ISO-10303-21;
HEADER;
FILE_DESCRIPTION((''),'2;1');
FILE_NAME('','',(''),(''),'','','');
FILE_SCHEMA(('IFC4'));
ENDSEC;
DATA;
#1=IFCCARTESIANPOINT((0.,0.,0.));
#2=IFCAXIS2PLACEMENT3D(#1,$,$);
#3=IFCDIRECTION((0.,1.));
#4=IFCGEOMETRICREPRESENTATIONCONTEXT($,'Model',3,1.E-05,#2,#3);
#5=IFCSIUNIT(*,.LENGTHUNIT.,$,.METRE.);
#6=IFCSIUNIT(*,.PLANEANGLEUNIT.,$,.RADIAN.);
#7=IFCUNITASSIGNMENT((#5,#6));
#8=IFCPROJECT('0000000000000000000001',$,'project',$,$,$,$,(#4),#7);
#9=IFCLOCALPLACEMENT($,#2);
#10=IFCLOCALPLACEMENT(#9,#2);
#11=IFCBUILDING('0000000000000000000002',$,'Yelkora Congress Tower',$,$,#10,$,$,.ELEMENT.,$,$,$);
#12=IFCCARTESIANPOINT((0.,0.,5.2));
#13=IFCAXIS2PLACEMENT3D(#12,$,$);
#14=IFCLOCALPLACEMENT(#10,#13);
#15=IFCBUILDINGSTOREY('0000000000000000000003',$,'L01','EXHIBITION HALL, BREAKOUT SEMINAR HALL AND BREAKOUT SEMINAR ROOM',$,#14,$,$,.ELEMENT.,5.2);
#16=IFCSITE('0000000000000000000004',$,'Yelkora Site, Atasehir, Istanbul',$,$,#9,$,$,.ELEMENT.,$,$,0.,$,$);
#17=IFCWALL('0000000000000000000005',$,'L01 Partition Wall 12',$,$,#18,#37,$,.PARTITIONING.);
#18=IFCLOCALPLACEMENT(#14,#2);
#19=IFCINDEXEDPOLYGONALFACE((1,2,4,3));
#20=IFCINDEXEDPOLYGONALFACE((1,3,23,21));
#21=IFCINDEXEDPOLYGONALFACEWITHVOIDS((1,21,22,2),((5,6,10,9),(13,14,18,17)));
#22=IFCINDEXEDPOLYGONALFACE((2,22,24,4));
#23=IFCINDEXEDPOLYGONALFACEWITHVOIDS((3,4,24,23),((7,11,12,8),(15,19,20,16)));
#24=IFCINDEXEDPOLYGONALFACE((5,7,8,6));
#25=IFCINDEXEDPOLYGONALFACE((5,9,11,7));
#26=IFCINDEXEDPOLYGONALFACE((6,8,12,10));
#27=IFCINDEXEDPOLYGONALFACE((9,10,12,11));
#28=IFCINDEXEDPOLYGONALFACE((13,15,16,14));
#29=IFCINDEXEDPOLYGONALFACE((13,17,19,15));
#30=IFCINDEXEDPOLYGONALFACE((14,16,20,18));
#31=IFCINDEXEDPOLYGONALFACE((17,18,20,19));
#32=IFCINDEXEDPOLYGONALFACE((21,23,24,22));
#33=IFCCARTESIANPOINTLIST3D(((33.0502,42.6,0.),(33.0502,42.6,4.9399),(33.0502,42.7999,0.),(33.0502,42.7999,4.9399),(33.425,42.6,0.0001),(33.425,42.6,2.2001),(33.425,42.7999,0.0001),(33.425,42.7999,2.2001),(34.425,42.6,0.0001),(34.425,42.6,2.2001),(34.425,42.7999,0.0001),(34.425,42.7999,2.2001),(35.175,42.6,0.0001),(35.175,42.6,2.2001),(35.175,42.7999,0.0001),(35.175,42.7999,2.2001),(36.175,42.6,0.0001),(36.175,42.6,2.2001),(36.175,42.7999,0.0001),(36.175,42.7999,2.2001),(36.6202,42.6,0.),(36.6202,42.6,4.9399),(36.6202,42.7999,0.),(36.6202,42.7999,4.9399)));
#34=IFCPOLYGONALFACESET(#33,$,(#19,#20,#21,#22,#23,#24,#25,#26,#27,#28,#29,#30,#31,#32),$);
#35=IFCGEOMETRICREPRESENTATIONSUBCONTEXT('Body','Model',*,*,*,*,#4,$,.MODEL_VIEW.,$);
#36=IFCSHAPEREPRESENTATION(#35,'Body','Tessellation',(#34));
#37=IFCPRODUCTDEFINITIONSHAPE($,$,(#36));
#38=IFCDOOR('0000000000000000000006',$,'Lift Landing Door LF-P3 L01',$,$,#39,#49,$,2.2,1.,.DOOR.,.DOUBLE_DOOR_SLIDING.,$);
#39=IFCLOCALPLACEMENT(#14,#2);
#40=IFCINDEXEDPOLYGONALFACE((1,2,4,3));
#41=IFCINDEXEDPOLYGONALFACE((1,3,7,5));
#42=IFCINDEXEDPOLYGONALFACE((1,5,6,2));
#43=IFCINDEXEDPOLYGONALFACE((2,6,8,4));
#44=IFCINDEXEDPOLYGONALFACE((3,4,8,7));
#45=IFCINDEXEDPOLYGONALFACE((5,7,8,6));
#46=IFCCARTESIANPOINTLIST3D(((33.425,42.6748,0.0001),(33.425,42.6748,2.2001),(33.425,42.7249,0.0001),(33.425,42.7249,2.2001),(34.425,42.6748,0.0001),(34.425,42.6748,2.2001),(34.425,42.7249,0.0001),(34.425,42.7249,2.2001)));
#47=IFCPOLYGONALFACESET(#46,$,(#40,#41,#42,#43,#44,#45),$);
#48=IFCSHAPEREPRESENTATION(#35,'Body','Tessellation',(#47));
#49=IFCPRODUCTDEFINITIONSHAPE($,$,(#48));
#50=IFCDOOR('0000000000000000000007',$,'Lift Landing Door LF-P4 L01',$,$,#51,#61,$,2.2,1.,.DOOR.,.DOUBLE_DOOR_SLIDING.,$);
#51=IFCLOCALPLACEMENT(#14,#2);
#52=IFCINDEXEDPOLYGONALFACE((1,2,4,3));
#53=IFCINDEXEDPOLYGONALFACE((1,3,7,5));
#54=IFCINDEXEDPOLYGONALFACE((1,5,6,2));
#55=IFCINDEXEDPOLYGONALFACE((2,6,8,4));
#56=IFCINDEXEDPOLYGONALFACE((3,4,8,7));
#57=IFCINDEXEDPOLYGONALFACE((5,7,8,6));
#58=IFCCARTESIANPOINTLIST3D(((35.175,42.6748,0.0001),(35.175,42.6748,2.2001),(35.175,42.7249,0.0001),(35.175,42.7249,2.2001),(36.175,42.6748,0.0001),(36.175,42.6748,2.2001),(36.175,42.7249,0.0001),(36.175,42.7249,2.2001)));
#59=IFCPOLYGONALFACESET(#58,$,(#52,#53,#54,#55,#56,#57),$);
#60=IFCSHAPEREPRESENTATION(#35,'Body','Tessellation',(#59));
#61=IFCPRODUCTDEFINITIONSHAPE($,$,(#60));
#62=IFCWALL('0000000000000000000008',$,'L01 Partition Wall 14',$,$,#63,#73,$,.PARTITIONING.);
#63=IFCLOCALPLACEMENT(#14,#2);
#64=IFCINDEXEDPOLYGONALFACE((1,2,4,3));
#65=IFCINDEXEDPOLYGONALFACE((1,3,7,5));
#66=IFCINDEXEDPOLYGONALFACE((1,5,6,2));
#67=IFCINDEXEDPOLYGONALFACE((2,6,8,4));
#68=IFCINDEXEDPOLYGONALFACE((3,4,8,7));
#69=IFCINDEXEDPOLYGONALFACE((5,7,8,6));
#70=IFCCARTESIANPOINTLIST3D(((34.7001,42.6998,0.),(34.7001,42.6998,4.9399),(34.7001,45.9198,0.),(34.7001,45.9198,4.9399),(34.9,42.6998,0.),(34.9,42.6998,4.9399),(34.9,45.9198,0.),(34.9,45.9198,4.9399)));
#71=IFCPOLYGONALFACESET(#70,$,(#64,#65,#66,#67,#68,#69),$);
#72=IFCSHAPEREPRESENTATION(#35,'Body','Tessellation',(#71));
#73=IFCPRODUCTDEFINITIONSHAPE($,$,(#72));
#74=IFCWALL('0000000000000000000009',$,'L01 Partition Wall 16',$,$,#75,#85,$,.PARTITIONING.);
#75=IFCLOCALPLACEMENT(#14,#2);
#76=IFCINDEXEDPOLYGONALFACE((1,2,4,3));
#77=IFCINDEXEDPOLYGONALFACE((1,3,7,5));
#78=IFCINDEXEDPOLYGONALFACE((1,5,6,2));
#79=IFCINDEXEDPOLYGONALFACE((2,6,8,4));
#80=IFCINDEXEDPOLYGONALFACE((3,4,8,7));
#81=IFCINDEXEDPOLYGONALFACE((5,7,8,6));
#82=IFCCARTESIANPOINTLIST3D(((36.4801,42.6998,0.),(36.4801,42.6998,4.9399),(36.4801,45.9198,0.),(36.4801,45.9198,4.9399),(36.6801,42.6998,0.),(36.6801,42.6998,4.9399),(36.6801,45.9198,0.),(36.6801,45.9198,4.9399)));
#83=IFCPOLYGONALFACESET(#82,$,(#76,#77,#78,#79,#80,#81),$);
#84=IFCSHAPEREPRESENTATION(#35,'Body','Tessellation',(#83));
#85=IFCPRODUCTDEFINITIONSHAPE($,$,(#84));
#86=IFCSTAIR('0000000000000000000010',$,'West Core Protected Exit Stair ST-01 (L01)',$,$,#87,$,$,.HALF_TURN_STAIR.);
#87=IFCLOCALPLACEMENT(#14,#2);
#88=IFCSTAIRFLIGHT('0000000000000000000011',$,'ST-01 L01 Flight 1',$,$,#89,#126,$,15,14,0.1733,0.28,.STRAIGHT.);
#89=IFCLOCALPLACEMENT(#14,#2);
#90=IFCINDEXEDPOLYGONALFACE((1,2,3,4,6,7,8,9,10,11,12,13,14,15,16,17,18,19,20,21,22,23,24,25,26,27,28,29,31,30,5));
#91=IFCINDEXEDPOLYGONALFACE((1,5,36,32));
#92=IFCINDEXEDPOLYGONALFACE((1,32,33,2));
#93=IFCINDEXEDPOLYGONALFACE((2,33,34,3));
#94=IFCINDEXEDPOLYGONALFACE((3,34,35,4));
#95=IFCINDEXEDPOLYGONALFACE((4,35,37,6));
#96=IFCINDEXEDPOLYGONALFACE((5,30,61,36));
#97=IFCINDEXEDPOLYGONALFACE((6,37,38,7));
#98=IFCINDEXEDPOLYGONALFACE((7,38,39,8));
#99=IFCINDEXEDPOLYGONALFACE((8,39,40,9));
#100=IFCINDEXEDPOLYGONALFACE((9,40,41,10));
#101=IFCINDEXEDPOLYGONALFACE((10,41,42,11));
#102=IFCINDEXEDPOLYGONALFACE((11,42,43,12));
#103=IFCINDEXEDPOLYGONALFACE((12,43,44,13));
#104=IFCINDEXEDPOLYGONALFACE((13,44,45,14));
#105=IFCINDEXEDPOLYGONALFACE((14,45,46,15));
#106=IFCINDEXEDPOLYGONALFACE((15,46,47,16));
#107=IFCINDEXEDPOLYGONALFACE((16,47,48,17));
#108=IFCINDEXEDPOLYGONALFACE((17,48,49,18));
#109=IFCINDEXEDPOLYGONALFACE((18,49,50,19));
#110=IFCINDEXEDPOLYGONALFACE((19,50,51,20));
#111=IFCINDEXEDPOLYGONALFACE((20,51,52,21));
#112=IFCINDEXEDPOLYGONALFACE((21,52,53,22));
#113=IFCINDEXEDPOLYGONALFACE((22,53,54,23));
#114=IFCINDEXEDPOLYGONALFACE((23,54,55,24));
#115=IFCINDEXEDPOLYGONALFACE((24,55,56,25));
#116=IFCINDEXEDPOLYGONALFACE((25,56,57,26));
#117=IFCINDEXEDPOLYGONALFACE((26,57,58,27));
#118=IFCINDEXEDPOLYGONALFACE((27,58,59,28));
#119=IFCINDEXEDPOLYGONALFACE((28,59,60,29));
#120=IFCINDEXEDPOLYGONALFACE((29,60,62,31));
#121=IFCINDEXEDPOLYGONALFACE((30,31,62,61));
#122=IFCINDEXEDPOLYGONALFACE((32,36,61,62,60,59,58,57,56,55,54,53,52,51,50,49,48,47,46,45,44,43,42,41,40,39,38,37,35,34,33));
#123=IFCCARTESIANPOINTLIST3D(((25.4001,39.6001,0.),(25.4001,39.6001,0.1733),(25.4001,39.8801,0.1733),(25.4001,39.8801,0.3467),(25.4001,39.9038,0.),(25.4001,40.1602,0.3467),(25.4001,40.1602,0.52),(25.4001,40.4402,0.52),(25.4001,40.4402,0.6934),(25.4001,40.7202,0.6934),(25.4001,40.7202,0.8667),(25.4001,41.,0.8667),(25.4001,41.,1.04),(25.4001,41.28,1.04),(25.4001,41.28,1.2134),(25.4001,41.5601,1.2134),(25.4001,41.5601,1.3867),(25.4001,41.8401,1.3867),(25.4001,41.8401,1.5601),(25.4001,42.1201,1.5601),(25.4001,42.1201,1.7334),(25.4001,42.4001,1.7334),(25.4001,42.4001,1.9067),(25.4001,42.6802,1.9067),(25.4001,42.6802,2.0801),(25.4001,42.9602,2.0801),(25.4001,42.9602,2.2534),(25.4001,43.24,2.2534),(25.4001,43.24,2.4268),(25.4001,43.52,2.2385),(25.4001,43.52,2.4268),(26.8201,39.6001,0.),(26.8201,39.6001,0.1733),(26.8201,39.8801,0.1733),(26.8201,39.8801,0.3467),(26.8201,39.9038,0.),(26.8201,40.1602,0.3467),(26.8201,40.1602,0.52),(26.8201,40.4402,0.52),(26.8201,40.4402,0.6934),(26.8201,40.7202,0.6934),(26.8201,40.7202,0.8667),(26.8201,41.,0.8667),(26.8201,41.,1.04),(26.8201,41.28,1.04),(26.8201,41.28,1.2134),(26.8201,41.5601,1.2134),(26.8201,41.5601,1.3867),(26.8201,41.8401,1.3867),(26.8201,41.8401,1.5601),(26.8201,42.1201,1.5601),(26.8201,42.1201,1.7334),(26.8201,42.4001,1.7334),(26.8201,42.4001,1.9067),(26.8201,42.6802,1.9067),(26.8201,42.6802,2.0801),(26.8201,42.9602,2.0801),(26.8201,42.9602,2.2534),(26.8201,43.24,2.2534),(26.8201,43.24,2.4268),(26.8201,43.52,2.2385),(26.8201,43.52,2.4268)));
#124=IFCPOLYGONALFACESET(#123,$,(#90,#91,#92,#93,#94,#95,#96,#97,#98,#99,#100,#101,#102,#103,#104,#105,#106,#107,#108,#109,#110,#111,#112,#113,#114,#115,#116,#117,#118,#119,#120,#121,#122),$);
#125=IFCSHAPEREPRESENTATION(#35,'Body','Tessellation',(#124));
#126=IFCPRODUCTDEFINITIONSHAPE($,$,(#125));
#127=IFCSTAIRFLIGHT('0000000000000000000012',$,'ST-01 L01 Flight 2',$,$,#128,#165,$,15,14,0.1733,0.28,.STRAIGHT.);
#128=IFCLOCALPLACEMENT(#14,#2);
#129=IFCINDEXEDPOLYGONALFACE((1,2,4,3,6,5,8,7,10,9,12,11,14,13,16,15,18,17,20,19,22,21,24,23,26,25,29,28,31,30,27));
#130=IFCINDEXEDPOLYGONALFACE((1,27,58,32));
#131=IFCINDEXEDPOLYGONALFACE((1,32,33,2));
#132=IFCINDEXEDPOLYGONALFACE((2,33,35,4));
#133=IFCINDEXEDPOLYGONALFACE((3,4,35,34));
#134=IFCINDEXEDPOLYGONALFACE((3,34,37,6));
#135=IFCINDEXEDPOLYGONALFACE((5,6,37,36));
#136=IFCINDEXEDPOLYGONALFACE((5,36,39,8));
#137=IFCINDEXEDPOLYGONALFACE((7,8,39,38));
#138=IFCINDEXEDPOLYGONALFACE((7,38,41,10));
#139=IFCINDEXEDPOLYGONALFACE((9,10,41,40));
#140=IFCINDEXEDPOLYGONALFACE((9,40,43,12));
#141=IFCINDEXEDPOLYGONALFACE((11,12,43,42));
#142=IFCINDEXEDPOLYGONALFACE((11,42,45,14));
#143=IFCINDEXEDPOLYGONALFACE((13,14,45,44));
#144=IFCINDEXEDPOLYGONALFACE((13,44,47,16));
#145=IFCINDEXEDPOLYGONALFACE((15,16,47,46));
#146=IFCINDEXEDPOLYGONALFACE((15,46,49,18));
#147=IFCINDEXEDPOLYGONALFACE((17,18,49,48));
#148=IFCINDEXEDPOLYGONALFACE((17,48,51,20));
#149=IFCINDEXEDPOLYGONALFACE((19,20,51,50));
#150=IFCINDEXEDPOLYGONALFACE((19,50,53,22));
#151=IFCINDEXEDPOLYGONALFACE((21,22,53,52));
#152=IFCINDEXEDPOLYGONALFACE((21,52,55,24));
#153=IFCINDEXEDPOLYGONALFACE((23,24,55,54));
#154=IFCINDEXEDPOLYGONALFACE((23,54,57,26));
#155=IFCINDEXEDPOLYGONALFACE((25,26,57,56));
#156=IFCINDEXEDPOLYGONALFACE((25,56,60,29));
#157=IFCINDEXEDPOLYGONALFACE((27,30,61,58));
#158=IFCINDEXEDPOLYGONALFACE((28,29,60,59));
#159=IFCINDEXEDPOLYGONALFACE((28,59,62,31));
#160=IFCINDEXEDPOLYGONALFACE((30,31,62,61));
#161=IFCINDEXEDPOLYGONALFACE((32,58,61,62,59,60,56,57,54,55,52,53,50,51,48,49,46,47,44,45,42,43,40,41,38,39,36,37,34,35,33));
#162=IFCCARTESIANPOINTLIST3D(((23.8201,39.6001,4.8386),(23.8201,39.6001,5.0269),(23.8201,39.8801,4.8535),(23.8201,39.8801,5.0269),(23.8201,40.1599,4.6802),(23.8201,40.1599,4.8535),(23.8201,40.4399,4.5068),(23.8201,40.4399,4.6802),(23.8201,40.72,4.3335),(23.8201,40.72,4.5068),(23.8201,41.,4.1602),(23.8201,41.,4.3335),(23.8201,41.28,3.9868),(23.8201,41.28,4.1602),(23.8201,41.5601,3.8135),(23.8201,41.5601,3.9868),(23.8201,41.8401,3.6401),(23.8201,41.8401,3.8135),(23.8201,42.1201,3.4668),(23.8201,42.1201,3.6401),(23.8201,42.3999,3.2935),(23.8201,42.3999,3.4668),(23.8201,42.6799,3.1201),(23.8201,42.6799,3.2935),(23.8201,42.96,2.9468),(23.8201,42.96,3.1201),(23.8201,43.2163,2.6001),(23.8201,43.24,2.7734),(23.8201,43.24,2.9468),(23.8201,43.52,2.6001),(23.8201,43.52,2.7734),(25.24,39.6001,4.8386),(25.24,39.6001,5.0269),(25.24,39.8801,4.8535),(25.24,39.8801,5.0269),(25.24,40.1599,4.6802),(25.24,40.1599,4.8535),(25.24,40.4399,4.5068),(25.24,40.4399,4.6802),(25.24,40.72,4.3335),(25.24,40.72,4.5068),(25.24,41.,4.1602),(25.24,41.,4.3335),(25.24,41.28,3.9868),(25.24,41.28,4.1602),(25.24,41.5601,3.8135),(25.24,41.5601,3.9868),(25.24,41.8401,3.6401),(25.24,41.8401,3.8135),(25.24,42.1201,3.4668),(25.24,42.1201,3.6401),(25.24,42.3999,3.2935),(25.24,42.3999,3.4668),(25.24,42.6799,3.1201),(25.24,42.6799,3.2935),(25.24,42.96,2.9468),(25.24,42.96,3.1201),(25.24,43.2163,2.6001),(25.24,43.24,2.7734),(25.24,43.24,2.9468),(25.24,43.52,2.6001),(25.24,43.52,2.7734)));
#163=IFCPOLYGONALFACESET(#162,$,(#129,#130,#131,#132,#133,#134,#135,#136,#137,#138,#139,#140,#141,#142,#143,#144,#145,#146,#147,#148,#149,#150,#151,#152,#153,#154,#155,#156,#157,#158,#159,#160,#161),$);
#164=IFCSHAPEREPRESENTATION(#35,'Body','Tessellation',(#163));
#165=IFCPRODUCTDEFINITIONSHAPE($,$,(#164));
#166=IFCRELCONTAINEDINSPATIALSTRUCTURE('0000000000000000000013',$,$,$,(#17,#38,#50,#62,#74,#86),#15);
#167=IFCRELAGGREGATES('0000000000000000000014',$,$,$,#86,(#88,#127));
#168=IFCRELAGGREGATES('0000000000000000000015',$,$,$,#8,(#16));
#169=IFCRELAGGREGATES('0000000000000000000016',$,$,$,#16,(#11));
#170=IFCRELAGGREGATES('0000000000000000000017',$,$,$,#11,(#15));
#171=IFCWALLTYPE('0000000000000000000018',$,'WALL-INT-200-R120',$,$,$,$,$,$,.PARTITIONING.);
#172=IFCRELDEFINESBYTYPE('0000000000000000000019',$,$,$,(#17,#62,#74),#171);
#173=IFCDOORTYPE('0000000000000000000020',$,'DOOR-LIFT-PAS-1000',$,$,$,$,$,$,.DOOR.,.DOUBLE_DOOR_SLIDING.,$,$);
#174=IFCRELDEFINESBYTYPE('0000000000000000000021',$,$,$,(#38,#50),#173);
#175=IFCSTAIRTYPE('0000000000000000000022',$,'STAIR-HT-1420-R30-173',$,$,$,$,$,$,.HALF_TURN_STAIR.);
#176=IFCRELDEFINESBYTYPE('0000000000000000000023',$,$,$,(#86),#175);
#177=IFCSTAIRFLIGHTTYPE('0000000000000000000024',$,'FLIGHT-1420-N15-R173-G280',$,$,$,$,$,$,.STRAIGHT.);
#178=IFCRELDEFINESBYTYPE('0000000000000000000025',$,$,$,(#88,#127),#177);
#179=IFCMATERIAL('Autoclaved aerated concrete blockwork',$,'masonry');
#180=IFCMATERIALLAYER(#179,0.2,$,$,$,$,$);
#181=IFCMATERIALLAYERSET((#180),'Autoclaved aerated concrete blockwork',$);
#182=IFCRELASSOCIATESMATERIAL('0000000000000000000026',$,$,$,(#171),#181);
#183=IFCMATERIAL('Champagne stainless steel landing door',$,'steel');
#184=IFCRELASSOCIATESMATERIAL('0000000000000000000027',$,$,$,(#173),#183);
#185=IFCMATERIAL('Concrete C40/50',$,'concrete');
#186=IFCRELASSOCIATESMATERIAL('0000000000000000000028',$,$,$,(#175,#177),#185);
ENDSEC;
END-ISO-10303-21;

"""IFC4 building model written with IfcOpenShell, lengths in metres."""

from ifc_helpers import new_model, si_unit, direction, frame, frame_2d, origin, place, context, subcontext, project, spatial, polyline, rectangle, outline, extrude, material, layer, layer_set, type_object, element, fill, aggregate, save


model = new_model("IFC4")

# Units and contexts
model_context = context("Model", 3, precision=1e-05, world=origin(), true_north=direction((0.0, 1.0)))
body_context = subcontext(model_context, "Body", "Model", "MODEL_VIEW")
ifc_project = project(units=[si_unit("LENGTHUNIT", "METRE"), si_unit("PLANEANGLEUNIT", "RADIAN")], contexts=[model_context])

# Site, building, storey
site_placement = place(None, origin())
site = spatial("IfcSite", under=ifc_project, at=site_placement, Name="Yelkora Site, Atasehir, Istanbul", CompositionType="ELEMENT", RefElevation=0.0)
building_placement = place(site_placement, origin())
building = spatial("IfcBuilding", under=site, at=building_placement, Name="Yelkora Congress Tower", CompositionType="ELEMENT")
storey_placement = place(building_placement, frame((0.0, 0.0, 5.2)))
storey = spatial("IfcBuildingStorey", under=building, at=storey_placement, Name="L01", Description="EXHIBITION HALL, BREAKOUT SEMINAR HALL AND BREAKOUT SEMINAR ROOM", CompositionType="ELEMENT", Elevation=5.2)

# Shared definitions
ifc_material_1 = material(Name="Autoclaved aerated concrete blockwork", Category="masonry")
ifc_layer_1 = layer(ifc_material_1, 0.2)
ifc_layer_set_1 = layer_set([ifc_layer_1], Name="Autoclaved aerated concrete blockwork")
wall_type = type_object("IfcWallType", Name="WALL-INT-200-R120", PredefinedType="PARTITIONING", material=ifc_layer_set_1)

# Wall, openings, doors
wall_1_placement = place(storey_placement, frame((33.05, 42.7, 0.0), z_axis=(0.0, 0.0, 1.0), x_axis=(1.0, 0.0, 0.0)))
wall_1 = element("IfcWall", 1, at=wall_1_placement, inside=storey, type_object=wall_type, Name="L01 Partition Wall 12", PredefinedType="PARTITIONING", context=body_context, shape_type="SweptSolid", body=[
    extrude(rectangle(XDim=3.5701, YDim=0.2, at=frame_2d((1.7852, 0.0))), origin(), (0.0, 0.0, 1.0), 4.9399),
])
opening_1_placement = place(wall_1_placement, frame((0.375, 0.0, 0.0)))
opening_1 = element("IfcOpeningElement", 2, at=opening_1_placement, cuts=wall_1, PredefinedType="OPENING", context=body_context, shape_type="SweptSolid", body=[
    extrude(rectangle(XDim=1.0, YDim=2.2, at=frame_2d((0.5, 1.1001))), frame((0.0, 0.1099, 0.0), z_axis=(0.0, -1.0, 0.0), x_axis=(1.0, 0.0, 0.0)), (0.0, 0.0, 1.0), 0.22),
])
opening_2_placement = place(wall_1_placement, frame((2.125, 0.0, 0.0)))
opening_2 = element("IfcOpeningElement", 3, at=opening_2_placement, cuts=wall_1, PredefinedType="OPENING", context=body_context, shape_type="SweptSolid", body=[
    extrude(rectangle(XDim=1.0, YDim=2.2, at=frame_2d((0.5, 1.1001))), frame((0.0, 0.1099, 0.0), z_axis=(0.0, -1.0, 0.0), x_axis=(1.0, 0.0, 0.0)), (0.0, 0.0, 1.0), 0.22),
])
ifc_material_2 = material(Name="Champagne stainless steel landing door", Category="steel")
door_type_1 = type_object("IfcDoorType", Name="DOOR-LIFT-PAS-1000", OperationType="DOUBLE_DOOR_SLIDING", PredefinedType="DOOR", material=ifc_material_2)
door_1_placement = place(opening_1_placement, origin())
door_1 = element("IfcDoor", 4, at=door_1_placement, inside=storey, type_object=door_type_1, Name="Lift Landing Door LF-P3 L01", OperationType="DOUBLE_DOOR_SLIDING", OverallHeight=2.2, OverallWidth=1.0, PredefinedType="DOOR", context=body_context, shape_type="SweptSolid", body=[
    extrude(rectangle(XDim=1.0, YDim=2.2, at=frame_2d((0.5, 1.1001))), frame((0.0, 0.0249, 0.0), z_axis=(0.0, -1.0, 0.0), x_axis=(1.0, 0.0, 0.0)), (0.0, 0.0, 1.0), 0.05),
])
fill(opening_1, door_1)
door_2_placement = place(opening_2_placement, origin())
door_2 = element("IfcDoor", 5, at=door_2_placement, inside=storey, type_object=door_type_1, Name="Lift Landing Door LF-P4 L01", OperationType="DOUBLE_DOOR_SLIDING", OverallHeight=2.2, OverallWidth=1.0, PredefinedType="DOOR", context=body_context, shape_type="SweptSolid", body=[
    extrude(rectangle(XDim=1.0, YDim=2.2, at=frame_2d((0.5, 1.1001))), frame((0.0, 0.0249, 0.0), z_axis=(0.0, -1.0, 0.0), x_axis=(1.0, 0.0, 0.0)), (0.0, 0.0, 1.0), 0.05),
])
fill(opening_2, door_2)

# Walls
for number, where, z_axis, x_axis, name in (
    (6, (34.8, 42.7, 0.0), (0.0, 0.0, 1.0), (0.0, 1.0, 0.0), "L01 Partition Wall 14"),
    (7, (36.5801, 42.7, 0.0), (0.0, 0.0, 1.0), (0.0, 1.0, 0.0), "L01 Partition Wall 16"),
):
    element("IfcWall", number, at=place(storey_placement, frame(where, z_axis=z_axis, x_axis=x_axis)), inside=storey, type_object=wall_type, Name=name, PredefinedType="PARTITIONING", context=body_context, shape_type="SweptSolid", body=[
        extrude(rectangle(XDim=3.22, YDim=0.2, at=frame_2d((1.6099, 0.0))), origin(), (0.0, 0.0, 1.0), 4.9399),
    ])

# Stair, stair flights
ifc_material_3 = material(Name="Concrete C40/50", Category="concrete")
stair_type = type_object("IfcStairType", Name="STAIR-HT-1420-R30-173", PredefinedType="HALF_TURN_STAIR", material=ifc_material_3)
stair_placement = place(storey_placement, origin())
stair = element("IfcStair", 8, at=stair_placement, inside=storey, type_object=stair_type, Name="West Core Protected Exit Stair ST-01 (L01)", PredefinedType="HALF_TURN_STAIR")
stair_flight_type = type_object("IfcStairFlightType", Name="FLIGHT-1420-N15-R173-G280", PredefinedType="STRAIGHT", material=ifc_material_3)
stair_flight_1_placement = place(storey_placement, frame((26.1101, 39.6001, 0.0), z_axis=(0.0, 0.0, 1.0), x_axis=(0.0, 1.0, 0.0)))
stair_flight_1 = element("IfcStairFlight", 9, at=stair_flight_1_placement, type_object=stair_flight_type, Name="ST-01 L01 Flight 1", NumberOfRisers=15, NumberOfTreads=14, PredefinedType="STRAIGHT", RiserHeight=0.1733, TreadLength=0.28, context=body_context, shape_type="SweptSolid", body=[
    extrude(outline(polyline([(0.0, 0.0), (0.0, 0.1733), (0.28, 0.1733), (0.28, 0.3467), (0.5601, 0.3467), (0.5601, 0.52), (0.8401, 0.52), (0.8401, 0.6934), (1.1201, 0.6934), (1.1201, 0.8667), (1.3999, 0.8667), (1.3999, 1.04), (1.6799, 1.04), (1.6799, 1.2134), (1.96, 1.2134), (1.96, 1.3867), (2.24, 1.3867), (2.24, 1.5601), (2.52, 1.5601), (2.52, 1.7334), (2.8, 1.7334), (2.8, 1.9067), (3.0801, 1.9067), (3.0801, 2.0801), (3.3601, 2.0801), (3.3601, 2.2534), (3.6399, 2.2534), (3.6399, 2.4268), (3.9199, 2.4268), (3.9199, 2.6001), (3.9199, 2.2385), (0.3037, 0.0), (0.0, 0.0)])), frame((0.0, 0.71, 0.0), z_axis=(0.0, -1.0, 0.0), x_axis=(1.0, 0.0, 0.0)), (0.0, 0.0, 1.0), 1.4199),
])
stair_flight_2_placement = place(storey_placement, frame((24.53, 43.52, 2.6001), z_axis=(0.0, 0.0, 1.0), x_axis=(0.0, -1.0, 0.0)))
stair_flight_2 = element("IfcStairFlight", 10, at=stair_flight_2_placement, type_object=stair_flight_type, Name="ST-01 L01 Flight 2", NumberOfRisers=15, NumberOfTreads=14, PredefinedType="STRAIGHT", RiserHeight=0.1733, TreadLength=0.28, context=body_context, shape_type="SweptSolid", body=[
    extrude(outline(polyline([(0.0, 0.0), (0.0, 0.1733), (0.28, 0.1733), (0.28, 0.3467), (0.5601, 0.3467), (0.5601, 0.52), (0.8401, 0.52), (0.8401, 0.6934), (1.1201, 0.6934), (1.1201, 0.8667), (1.3999, 0.8667), (1.3999, 1.04), (1.6799, 1.04), (1.6799, 1.2134), (1.96, 1.2134), (1.96, 1.3867), (2.24, 1.3867), (2.24, 1.5601), (2.52, 1.5601), (2.52, 1.7334), (2.8, 1.7334), (2.8, 1.9067), (3.0801, 1.9067), (3.0801, 2.0801), (3.3601, 2.0801), (3.3601, 2.2534), (3.6399, 2.2534), (3.6399, 2.4268), (3.9199, 2.4268), (3.9199, 2.6001), (3.9199, 2.2385), (0.3037, 0.0), (0.0, 0.0)])), frame((0.0, 0.71, 0.0), z_axis=(0.0, -1.0, 0.0), x_axis=(1.0, 0.0, 0.0)), (0.0, 0.0, 1.0), 1.4199),
])
aggregate(stair, [stair_flight_1, stair_flight_2])

save(model, "model.ifc")
